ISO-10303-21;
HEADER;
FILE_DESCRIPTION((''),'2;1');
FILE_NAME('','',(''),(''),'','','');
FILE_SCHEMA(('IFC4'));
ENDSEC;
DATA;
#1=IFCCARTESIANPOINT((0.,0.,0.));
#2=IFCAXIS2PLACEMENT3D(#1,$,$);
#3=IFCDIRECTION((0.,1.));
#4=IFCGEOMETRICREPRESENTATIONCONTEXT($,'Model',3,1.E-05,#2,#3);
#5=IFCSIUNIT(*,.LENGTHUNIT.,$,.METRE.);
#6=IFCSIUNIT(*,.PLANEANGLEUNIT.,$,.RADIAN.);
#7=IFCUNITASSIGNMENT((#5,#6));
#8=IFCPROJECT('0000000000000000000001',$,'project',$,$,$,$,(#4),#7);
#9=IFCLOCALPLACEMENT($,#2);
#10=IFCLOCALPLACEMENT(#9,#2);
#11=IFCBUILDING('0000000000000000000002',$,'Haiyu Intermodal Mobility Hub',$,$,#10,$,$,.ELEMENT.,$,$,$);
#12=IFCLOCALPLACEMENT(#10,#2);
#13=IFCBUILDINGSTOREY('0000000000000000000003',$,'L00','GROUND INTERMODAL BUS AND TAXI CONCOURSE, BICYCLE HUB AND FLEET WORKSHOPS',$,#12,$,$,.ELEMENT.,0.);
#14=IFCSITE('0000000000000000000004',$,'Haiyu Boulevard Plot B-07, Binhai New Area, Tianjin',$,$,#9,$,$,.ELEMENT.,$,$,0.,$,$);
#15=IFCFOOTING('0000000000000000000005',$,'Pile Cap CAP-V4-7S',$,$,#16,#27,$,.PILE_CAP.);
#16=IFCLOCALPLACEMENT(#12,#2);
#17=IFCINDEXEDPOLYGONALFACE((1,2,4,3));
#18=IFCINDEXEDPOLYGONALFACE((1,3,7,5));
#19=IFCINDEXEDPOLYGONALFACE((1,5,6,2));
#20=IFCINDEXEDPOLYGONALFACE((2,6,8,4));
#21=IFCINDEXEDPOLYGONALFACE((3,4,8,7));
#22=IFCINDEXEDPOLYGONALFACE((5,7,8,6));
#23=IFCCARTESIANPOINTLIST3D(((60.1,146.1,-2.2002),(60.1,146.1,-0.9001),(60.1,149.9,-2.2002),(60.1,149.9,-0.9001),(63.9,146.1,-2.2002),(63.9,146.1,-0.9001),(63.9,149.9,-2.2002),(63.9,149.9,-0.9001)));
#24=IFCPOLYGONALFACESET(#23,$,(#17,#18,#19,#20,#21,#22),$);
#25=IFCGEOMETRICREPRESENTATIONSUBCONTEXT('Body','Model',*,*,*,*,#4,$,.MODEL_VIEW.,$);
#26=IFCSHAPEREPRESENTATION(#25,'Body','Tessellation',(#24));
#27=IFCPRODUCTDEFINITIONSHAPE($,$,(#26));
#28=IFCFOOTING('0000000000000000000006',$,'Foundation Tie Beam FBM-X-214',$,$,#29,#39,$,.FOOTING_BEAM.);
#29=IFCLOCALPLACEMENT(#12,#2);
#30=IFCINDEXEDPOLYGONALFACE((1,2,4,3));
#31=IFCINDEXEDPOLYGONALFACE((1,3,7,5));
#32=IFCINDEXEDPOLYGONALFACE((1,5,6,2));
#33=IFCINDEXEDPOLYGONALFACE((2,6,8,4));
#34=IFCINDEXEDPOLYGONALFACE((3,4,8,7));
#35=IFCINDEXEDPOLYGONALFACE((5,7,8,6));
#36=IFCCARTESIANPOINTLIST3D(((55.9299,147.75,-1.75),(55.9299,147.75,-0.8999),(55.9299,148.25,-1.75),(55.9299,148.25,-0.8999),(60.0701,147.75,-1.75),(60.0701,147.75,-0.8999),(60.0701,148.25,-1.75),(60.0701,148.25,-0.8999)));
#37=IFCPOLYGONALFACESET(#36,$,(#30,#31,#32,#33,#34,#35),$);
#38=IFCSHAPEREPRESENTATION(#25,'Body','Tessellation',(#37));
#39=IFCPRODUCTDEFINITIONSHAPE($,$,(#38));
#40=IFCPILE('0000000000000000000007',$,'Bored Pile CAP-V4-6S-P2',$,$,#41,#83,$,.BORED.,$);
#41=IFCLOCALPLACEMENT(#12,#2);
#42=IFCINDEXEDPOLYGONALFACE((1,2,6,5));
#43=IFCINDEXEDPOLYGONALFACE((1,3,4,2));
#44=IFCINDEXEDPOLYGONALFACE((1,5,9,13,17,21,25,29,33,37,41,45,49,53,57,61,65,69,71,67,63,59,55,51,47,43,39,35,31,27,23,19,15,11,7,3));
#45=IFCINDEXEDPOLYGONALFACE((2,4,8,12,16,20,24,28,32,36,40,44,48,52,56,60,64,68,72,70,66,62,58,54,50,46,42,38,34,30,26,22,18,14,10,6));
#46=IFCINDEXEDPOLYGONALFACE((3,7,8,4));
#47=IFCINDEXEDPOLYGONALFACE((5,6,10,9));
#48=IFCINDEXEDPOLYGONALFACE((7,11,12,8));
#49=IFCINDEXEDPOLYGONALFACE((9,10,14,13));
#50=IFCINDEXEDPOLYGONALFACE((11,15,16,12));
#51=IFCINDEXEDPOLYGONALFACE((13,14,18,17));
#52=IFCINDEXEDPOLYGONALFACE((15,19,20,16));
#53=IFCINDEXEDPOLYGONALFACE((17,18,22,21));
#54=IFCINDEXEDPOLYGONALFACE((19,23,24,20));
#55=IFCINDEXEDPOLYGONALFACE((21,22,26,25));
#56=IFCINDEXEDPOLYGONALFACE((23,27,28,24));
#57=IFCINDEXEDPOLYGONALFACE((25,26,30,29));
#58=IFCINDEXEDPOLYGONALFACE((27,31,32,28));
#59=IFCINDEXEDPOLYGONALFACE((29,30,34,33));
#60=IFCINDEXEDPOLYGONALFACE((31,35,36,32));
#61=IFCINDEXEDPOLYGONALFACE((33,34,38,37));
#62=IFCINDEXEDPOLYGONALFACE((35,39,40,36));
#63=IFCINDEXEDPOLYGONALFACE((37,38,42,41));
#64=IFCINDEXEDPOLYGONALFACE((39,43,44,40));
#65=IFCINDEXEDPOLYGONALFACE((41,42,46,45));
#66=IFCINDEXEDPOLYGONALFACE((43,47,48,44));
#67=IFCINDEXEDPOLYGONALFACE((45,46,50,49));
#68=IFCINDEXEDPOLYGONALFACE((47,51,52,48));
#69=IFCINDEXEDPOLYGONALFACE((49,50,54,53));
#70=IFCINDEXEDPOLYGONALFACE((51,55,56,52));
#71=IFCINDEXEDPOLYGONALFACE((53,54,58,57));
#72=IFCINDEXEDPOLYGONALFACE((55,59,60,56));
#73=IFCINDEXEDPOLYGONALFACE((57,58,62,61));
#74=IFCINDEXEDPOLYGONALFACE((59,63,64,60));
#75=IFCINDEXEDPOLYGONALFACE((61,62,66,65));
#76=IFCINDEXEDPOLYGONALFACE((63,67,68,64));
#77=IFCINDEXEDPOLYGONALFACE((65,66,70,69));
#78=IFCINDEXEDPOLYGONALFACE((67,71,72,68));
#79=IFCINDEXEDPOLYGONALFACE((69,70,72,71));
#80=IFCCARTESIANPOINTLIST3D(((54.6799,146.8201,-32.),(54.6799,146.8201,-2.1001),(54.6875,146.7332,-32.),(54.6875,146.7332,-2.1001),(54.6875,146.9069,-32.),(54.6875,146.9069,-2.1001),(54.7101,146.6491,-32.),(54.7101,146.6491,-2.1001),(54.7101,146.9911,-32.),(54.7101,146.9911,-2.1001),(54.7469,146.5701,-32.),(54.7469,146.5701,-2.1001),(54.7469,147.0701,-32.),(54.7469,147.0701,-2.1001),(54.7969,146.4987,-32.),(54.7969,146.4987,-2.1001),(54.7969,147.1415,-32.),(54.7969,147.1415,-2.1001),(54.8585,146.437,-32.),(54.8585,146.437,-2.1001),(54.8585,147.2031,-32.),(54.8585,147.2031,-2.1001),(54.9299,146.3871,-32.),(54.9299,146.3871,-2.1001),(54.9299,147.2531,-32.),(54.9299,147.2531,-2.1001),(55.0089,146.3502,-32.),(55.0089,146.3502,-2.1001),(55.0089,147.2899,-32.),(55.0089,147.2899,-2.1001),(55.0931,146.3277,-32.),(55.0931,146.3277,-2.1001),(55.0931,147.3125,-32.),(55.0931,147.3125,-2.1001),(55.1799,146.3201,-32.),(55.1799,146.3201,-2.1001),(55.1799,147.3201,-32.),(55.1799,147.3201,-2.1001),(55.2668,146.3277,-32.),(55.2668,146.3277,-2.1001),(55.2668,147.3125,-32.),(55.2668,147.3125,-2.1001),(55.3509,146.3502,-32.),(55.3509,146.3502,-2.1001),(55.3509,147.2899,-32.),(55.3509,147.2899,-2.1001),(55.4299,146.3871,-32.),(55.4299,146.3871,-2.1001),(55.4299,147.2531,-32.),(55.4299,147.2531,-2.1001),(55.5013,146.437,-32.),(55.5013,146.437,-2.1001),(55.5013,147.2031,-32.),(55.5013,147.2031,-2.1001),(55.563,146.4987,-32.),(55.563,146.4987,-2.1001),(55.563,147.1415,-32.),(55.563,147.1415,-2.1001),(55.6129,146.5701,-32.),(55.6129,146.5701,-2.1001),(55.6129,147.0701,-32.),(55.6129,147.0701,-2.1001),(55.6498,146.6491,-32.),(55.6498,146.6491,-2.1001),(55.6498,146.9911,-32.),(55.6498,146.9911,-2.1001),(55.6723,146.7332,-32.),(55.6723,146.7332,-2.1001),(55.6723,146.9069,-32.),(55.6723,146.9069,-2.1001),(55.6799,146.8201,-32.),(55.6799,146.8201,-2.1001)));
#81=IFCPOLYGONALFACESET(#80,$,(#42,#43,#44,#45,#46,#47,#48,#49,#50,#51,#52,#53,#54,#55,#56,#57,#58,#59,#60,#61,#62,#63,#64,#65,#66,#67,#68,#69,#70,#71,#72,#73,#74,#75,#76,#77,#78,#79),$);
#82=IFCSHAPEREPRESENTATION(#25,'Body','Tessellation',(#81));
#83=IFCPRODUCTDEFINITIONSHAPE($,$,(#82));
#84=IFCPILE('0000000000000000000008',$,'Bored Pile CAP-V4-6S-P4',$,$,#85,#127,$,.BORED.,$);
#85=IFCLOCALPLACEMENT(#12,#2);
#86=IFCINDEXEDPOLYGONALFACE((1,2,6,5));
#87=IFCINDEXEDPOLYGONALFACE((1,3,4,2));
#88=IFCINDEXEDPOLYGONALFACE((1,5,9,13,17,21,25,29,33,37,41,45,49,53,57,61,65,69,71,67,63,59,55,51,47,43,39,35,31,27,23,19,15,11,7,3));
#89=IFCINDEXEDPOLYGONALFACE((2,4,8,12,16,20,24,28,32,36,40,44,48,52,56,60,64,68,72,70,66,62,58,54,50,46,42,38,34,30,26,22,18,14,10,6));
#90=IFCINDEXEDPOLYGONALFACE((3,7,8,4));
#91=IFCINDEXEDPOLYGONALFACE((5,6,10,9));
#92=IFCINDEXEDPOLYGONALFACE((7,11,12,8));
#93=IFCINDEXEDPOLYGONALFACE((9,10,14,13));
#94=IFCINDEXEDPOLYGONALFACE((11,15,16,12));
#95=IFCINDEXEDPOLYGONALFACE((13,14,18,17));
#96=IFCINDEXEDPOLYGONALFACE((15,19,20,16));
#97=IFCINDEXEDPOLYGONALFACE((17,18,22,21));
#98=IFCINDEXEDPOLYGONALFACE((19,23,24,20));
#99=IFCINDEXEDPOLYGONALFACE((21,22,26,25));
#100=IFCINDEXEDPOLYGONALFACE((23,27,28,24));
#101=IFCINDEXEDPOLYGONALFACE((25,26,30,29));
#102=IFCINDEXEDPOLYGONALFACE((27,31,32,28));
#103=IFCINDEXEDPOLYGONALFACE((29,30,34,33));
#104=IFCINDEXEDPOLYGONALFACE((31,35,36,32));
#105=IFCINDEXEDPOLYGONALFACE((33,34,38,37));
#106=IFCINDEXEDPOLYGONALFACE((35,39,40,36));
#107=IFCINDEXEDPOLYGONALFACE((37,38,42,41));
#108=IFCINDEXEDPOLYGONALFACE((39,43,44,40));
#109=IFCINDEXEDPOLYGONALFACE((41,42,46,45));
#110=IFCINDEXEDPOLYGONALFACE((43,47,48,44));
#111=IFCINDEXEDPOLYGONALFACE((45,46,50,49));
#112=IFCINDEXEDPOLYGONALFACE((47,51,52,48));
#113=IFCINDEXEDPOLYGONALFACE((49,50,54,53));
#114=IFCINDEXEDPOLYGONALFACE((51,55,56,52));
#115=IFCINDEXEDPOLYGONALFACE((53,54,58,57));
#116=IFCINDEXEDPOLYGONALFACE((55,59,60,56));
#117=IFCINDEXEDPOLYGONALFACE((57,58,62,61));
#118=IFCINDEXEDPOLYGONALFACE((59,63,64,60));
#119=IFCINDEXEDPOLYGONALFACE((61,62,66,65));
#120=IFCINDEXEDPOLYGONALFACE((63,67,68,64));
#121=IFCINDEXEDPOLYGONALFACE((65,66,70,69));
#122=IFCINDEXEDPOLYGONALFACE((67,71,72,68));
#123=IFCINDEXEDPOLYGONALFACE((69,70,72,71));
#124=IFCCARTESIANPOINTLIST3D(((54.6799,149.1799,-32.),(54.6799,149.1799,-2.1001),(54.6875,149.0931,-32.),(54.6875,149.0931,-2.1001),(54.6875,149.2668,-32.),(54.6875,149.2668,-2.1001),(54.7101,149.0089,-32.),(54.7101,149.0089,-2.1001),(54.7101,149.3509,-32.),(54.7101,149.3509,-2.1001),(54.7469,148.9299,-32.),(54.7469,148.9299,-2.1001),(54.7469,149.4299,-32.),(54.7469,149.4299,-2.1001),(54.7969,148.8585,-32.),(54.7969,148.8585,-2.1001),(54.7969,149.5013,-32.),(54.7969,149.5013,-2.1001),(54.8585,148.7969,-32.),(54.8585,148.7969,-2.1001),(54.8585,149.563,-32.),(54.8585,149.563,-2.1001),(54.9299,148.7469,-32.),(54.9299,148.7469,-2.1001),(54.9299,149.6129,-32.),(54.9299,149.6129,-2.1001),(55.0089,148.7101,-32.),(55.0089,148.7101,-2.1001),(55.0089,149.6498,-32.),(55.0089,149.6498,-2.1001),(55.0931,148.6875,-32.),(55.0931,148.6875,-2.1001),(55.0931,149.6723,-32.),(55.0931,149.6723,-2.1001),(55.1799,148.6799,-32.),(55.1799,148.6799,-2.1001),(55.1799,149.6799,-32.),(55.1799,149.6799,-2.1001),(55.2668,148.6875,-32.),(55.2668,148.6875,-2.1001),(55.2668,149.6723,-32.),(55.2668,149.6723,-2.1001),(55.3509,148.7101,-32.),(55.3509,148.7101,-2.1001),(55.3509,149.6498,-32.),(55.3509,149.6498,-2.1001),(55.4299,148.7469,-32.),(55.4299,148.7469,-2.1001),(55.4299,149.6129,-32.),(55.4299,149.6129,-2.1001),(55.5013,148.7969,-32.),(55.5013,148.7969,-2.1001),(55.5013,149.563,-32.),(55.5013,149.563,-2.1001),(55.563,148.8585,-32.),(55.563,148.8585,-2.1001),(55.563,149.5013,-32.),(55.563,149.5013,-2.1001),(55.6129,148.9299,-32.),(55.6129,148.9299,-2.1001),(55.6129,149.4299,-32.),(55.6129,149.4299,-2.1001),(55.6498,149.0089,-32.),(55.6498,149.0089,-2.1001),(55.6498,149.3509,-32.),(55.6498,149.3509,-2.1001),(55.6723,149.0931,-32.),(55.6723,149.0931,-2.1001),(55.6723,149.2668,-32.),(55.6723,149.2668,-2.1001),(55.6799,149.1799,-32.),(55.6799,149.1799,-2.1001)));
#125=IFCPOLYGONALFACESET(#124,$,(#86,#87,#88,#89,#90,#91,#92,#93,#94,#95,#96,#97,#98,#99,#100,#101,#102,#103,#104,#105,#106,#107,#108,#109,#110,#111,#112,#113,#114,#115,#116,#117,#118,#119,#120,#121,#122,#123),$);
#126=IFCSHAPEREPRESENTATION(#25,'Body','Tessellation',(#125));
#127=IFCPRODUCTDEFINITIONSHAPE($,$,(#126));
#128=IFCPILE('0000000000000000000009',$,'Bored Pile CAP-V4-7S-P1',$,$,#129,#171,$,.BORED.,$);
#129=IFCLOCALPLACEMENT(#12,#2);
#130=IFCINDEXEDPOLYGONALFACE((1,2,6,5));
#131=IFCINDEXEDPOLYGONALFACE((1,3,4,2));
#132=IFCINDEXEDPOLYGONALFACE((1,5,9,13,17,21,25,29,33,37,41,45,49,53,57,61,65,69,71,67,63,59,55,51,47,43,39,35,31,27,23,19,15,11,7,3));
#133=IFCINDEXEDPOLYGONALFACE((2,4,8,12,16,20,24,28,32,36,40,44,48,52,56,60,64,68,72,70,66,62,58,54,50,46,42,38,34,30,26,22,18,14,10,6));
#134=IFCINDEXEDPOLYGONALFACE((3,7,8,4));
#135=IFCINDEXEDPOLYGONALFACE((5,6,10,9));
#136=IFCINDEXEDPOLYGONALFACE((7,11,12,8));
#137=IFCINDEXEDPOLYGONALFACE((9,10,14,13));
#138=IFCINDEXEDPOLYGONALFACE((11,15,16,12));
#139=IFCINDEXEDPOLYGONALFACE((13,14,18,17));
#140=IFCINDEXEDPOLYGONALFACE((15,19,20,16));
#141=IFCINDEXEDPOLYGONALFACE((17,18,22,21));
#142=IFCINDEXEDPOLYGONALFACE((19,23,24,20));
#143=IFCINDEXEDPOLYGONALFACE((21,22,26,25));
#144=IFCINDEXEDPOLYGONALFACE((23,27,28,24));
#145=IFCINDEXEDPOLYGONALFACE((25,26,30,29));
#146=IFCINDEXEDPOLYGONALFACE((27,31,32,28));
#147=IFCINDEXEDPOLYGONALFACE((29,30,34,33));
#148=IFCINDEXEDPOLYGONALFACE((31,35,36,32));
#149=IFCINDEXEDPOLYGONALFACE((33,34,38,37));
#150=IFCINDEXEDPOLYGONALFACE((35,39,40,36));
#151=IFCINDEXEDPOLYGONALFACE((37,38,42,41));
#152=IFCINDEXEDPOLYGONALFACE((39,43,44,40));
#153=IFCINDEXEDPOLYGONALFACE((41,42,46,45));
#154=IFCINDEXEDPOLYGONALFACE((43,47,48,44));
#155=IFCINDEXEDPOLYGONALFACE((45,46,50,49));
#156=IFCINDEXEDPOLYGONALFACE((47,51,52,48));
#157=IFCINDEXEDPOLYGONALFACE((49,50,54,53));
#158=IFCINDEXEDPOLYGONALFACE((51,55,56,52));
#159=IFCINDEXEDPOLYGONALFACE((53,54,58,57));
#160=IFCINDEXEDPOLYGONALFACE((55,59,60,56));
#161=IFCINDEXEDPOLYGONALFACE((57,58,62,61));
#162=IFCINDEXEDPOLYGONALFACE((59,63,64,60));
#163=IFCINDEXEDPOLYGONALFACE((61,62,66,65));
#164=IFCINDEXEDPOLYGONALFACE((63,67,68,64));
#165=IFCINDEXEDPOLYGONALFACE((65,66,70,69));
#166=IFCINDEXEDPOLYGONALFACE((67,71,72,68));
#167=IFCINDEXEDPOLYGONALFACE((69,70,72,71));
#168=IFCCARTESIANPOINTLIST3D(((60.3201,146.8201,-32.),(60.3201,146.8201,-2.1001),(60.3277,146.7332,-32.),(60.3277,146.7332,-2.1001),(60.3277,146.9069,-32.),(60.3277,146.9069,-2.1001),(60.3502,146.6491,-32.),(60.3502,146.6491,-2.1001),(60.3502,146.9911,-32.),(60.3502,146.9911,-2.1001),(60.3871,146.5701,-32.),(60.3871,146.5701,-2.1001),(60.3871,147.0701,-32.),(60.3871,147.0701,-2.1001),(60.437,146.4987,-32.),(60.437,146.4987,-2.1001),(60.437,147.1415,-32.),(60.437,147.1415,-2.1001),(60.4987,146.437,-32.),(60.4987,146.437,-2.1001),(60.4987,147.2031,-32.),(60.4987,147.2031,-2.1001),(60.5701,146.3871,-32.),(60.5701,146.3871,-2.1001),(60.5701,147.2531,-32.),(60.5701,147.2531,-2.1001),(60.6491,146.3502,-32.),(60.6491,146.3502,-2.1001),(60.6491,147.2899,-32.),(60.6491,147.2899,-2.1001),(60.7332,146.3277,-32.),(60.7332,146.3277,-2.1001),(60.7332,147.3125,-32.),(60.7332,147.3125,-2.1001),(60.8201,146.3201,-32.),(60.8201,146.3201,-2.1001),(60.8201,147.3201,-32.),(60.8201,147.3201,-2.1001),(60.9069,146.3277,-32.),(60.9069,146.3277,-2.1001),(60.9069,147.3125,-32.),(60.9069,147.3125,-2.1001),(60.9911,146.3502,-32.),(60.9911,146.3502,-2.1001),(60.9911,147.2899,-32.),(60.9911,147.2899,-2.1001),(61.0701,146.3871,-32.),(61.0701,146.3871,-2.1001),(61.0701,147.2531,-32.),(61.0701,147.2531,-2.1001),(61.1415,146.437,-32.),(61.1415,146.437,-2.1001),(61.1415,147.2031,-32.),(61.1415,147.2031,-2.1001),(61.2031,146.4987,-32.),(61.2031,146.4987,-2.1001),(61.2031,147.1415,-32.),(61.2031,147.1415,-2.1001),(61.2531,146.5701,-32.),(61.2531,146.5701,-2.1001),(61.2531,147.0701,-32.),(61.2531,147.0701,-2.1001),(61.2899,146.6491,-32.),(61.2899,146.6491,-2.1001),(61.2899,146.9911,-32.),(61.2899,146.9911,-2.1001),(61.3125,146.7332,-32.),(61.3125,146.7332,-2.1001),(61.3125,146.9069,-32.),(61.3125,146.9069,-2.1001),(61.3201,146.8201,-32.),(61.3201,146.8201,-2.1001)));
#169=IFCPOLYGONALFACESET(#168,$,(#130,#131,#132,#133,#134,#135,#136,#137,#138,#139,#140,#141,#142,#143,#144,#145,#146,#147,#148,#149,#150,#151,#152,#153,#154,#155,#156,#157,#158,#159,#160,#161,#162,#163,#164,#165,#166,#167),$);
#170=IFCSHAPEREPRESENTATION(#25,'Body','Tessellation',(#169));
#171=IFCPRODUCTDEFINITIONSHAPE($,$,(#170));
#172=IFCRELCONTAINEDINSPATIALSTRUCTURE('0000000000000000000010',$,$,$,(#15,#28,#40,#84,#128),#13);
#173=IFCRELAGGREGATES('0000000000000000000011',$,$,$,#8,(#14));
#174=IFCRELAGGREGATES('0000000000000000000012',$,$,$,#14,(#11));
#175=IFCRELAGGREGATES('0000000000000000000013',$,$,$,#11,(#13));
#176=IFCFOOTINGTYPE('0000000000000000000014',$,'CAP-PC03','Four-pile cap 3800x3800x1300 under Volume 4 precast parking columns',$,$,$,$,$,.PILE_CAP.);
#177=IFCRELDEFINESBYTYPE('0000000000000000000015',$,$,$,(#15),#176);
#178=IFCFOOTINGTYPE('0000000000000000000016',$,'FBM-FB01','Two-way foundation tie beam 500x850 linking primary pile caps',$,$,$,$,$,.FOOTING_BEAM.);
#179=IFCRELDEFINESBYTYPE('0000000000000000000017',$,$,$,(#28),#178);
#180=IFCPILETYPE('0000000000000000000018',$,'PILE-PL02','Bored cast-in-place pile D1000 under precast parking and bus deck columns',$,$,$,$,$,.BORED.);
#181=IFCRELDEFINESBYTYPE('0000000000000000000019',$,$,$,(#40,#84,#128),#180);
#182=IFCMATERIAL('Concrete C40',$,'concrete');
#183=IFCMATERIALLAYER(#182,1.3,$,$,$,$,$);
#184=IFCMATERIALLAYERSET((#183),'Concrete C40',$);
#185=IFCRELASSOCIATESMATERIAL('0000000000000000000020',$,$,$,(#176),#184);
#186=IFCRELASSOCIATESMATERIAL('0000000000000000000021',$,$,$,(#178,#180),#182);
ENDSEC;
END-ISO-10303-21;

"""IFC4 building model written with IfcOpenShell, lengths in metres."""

from ifc_helpers import new_model, si_unit, direction, frame, origin, origin_2d, place, context, subcontext, project, spatial, rectangle, circle, extrude, material, layer, layer_set, material_profile, profile_set, type_object, element, save


model = new_model("IFC4")

# Units and contexts
model_context = context("Model", 3, precision=1e-05, world=origin(), true_north=direction((0.0, 1.0)))
body_context = subcontext(model_context, "Body", "Model", "MODEL_VIEW")
ifc_project = project(units=[si_unit("LENGTHUNIT", "METRE"), si_unit("PLANEANGLEUNIT", "RADIAN")], contexts=[model_context])

# Site, building, storey
site_placement = place(None, origin())
site = spatial("IfcSite", under=ifc_project, at=site_placement, Name="Haiyu Boulevard Plot B-07, Binhai New Area, Tianjin", CompositionType="ELEMENT", RefElevation=0.0)
building_placement = place(site_placement, origin())
building = spatial("IfcBuilding", under=site, at=building_placement, Name="Haiyu Intermodal Mobility Hub", CompositionType="ELEMENT")
storey_placement = place(building_placement, origin())
storey = spatial("IfcBuildingStorey", under=building, at=storey_placement, Name="L00", Description="GROUND INTERMODAL BUS AND TAXI CONCOURSE, BICYCLE HUB AND FLEET WORKSHOPS", CompositionType="ELEMENT", Elevation=0.0)

# Footings
ifc_material_1 = material(Name="Concrete C40", Category="concrete")
ifc_layer_1 = layer(ifc_material_1, 1.3)
ifc_layer_set_1 = layer_set([ifc_layer_1], Name="Concrete C40")
footing_type_1 = type_object("IfcFootingType", Name="CAP-PC03", Description="Four-pile cap 3800x3800x1300 under Volume 4 precast parking columns", PredefinedType="PILE_CAP", material=ifc_layer_set_1)
footing_1_placement = place(storey_placement, frame((62.0, 148.0, -2.2002), z_axis=(0.0, 0.0, 1.0), x_axis=(1.0, 0.0, 0.0)))
element("IfcFooting", 1, at=footing_1_placement, inside=storey, type_object=footing_type_1, Name="Pile Cap CAP-V4-7S", PredefinedType="PILE_CAP", context=body_context, shape_type="SweptSolid", body=[
    extrude(rectangle(XDim=3.8, YDim=3.8, at=origin_2d()), origin(), (0.0, 0.0, 1.0), 1.3),
])
ifc_material_profile_1 = material_profile(ifc_material_1, rectangle(XDim=0.5, YDim=0.8501, at=origin_2d()), Name="FB500x850")
ifc_profile_set_1 = profile_set([ifc_material_profile_1], Name="Concrete C40")
footing_type_2 = type_object("IfcFootingType", Name="FBM-FB01", Description="Two-way foundation tie beam 500x850 linking primary pile caps", PredefinedType="FOOTING_BEAM", material=ifc_profile_set_1)
footing_2_placement = place(storey_placement, frame((55.9299, 148.0, -1.325), z_axis=(1.0, 0.0, 0.0), x_axis=(0.0, 1.0, 0.0)))
element("IfcFooting", 2, at=footing_2_placement, inside=storey, type_object=footing_type_2, Name="Foundation Tie Beam FBM-X-214", PredefinedType="FOOTING_BEAM", context=body_context, shape_type="SweptSolid", body=[
    extrude(rectangle(XDim=0.5, YDim=0.8501, at=origin_2d()), origin(), (0.0, 0.0, 1.0), 4.1401),
])

# Piles
ifc_material_profile_2 = material_profile(ifc_material_1, circle(Radius=0.5, at=origin_2d()), Name="PILE-D1000")
ifc_profile_set_2 = profile_set([ifc_material_profile_2], Name="Concrete C40")
pile_type = type_object("IfcPileType", Name="PILE-PL02", Description="Bored cast-in-place pile D1000 under precast parking and bus deck columns", PredefinedType="BORED", material=ifc_profile_set_2)
for number, where, z_axis, x_axis, name in (
    (3, (55.1799, 146.8201, -2.1001), (0.0, 0.0, -1.0), (1.0, 0.0, 0.0), "Bored Pile CAP-V4-6S-P2"),
    (4, (55.1799, 149.1799, -2.1001), (0.0, 0.0, -1.0), (1.0, 0.0, 0.0), "Bored Pile CAP-V4-6S-P4"),
    (5, (60.8201, 146.8201, -2.1001), (0.0, 0.0, -1.0), (1.0, 0.0, 0.0), "Bored Pile CAP-V4-7S-P1"),
):
    element("IfcPile", number, at=place(storey_placement, frame(where, z_axis=z_axis, x_axis=x_axis)), inside=storey, type_object=pile_type, Name=name, PredefinedType="BORED", context=body_context, shape_type="SweptSolid", body=[
        extrude(circle(Radius=0.5, at=origin_2d()), origin(), (0.0, 0.0, 1.0), 29.8999),
    ])

save(model, "model.ifc")
